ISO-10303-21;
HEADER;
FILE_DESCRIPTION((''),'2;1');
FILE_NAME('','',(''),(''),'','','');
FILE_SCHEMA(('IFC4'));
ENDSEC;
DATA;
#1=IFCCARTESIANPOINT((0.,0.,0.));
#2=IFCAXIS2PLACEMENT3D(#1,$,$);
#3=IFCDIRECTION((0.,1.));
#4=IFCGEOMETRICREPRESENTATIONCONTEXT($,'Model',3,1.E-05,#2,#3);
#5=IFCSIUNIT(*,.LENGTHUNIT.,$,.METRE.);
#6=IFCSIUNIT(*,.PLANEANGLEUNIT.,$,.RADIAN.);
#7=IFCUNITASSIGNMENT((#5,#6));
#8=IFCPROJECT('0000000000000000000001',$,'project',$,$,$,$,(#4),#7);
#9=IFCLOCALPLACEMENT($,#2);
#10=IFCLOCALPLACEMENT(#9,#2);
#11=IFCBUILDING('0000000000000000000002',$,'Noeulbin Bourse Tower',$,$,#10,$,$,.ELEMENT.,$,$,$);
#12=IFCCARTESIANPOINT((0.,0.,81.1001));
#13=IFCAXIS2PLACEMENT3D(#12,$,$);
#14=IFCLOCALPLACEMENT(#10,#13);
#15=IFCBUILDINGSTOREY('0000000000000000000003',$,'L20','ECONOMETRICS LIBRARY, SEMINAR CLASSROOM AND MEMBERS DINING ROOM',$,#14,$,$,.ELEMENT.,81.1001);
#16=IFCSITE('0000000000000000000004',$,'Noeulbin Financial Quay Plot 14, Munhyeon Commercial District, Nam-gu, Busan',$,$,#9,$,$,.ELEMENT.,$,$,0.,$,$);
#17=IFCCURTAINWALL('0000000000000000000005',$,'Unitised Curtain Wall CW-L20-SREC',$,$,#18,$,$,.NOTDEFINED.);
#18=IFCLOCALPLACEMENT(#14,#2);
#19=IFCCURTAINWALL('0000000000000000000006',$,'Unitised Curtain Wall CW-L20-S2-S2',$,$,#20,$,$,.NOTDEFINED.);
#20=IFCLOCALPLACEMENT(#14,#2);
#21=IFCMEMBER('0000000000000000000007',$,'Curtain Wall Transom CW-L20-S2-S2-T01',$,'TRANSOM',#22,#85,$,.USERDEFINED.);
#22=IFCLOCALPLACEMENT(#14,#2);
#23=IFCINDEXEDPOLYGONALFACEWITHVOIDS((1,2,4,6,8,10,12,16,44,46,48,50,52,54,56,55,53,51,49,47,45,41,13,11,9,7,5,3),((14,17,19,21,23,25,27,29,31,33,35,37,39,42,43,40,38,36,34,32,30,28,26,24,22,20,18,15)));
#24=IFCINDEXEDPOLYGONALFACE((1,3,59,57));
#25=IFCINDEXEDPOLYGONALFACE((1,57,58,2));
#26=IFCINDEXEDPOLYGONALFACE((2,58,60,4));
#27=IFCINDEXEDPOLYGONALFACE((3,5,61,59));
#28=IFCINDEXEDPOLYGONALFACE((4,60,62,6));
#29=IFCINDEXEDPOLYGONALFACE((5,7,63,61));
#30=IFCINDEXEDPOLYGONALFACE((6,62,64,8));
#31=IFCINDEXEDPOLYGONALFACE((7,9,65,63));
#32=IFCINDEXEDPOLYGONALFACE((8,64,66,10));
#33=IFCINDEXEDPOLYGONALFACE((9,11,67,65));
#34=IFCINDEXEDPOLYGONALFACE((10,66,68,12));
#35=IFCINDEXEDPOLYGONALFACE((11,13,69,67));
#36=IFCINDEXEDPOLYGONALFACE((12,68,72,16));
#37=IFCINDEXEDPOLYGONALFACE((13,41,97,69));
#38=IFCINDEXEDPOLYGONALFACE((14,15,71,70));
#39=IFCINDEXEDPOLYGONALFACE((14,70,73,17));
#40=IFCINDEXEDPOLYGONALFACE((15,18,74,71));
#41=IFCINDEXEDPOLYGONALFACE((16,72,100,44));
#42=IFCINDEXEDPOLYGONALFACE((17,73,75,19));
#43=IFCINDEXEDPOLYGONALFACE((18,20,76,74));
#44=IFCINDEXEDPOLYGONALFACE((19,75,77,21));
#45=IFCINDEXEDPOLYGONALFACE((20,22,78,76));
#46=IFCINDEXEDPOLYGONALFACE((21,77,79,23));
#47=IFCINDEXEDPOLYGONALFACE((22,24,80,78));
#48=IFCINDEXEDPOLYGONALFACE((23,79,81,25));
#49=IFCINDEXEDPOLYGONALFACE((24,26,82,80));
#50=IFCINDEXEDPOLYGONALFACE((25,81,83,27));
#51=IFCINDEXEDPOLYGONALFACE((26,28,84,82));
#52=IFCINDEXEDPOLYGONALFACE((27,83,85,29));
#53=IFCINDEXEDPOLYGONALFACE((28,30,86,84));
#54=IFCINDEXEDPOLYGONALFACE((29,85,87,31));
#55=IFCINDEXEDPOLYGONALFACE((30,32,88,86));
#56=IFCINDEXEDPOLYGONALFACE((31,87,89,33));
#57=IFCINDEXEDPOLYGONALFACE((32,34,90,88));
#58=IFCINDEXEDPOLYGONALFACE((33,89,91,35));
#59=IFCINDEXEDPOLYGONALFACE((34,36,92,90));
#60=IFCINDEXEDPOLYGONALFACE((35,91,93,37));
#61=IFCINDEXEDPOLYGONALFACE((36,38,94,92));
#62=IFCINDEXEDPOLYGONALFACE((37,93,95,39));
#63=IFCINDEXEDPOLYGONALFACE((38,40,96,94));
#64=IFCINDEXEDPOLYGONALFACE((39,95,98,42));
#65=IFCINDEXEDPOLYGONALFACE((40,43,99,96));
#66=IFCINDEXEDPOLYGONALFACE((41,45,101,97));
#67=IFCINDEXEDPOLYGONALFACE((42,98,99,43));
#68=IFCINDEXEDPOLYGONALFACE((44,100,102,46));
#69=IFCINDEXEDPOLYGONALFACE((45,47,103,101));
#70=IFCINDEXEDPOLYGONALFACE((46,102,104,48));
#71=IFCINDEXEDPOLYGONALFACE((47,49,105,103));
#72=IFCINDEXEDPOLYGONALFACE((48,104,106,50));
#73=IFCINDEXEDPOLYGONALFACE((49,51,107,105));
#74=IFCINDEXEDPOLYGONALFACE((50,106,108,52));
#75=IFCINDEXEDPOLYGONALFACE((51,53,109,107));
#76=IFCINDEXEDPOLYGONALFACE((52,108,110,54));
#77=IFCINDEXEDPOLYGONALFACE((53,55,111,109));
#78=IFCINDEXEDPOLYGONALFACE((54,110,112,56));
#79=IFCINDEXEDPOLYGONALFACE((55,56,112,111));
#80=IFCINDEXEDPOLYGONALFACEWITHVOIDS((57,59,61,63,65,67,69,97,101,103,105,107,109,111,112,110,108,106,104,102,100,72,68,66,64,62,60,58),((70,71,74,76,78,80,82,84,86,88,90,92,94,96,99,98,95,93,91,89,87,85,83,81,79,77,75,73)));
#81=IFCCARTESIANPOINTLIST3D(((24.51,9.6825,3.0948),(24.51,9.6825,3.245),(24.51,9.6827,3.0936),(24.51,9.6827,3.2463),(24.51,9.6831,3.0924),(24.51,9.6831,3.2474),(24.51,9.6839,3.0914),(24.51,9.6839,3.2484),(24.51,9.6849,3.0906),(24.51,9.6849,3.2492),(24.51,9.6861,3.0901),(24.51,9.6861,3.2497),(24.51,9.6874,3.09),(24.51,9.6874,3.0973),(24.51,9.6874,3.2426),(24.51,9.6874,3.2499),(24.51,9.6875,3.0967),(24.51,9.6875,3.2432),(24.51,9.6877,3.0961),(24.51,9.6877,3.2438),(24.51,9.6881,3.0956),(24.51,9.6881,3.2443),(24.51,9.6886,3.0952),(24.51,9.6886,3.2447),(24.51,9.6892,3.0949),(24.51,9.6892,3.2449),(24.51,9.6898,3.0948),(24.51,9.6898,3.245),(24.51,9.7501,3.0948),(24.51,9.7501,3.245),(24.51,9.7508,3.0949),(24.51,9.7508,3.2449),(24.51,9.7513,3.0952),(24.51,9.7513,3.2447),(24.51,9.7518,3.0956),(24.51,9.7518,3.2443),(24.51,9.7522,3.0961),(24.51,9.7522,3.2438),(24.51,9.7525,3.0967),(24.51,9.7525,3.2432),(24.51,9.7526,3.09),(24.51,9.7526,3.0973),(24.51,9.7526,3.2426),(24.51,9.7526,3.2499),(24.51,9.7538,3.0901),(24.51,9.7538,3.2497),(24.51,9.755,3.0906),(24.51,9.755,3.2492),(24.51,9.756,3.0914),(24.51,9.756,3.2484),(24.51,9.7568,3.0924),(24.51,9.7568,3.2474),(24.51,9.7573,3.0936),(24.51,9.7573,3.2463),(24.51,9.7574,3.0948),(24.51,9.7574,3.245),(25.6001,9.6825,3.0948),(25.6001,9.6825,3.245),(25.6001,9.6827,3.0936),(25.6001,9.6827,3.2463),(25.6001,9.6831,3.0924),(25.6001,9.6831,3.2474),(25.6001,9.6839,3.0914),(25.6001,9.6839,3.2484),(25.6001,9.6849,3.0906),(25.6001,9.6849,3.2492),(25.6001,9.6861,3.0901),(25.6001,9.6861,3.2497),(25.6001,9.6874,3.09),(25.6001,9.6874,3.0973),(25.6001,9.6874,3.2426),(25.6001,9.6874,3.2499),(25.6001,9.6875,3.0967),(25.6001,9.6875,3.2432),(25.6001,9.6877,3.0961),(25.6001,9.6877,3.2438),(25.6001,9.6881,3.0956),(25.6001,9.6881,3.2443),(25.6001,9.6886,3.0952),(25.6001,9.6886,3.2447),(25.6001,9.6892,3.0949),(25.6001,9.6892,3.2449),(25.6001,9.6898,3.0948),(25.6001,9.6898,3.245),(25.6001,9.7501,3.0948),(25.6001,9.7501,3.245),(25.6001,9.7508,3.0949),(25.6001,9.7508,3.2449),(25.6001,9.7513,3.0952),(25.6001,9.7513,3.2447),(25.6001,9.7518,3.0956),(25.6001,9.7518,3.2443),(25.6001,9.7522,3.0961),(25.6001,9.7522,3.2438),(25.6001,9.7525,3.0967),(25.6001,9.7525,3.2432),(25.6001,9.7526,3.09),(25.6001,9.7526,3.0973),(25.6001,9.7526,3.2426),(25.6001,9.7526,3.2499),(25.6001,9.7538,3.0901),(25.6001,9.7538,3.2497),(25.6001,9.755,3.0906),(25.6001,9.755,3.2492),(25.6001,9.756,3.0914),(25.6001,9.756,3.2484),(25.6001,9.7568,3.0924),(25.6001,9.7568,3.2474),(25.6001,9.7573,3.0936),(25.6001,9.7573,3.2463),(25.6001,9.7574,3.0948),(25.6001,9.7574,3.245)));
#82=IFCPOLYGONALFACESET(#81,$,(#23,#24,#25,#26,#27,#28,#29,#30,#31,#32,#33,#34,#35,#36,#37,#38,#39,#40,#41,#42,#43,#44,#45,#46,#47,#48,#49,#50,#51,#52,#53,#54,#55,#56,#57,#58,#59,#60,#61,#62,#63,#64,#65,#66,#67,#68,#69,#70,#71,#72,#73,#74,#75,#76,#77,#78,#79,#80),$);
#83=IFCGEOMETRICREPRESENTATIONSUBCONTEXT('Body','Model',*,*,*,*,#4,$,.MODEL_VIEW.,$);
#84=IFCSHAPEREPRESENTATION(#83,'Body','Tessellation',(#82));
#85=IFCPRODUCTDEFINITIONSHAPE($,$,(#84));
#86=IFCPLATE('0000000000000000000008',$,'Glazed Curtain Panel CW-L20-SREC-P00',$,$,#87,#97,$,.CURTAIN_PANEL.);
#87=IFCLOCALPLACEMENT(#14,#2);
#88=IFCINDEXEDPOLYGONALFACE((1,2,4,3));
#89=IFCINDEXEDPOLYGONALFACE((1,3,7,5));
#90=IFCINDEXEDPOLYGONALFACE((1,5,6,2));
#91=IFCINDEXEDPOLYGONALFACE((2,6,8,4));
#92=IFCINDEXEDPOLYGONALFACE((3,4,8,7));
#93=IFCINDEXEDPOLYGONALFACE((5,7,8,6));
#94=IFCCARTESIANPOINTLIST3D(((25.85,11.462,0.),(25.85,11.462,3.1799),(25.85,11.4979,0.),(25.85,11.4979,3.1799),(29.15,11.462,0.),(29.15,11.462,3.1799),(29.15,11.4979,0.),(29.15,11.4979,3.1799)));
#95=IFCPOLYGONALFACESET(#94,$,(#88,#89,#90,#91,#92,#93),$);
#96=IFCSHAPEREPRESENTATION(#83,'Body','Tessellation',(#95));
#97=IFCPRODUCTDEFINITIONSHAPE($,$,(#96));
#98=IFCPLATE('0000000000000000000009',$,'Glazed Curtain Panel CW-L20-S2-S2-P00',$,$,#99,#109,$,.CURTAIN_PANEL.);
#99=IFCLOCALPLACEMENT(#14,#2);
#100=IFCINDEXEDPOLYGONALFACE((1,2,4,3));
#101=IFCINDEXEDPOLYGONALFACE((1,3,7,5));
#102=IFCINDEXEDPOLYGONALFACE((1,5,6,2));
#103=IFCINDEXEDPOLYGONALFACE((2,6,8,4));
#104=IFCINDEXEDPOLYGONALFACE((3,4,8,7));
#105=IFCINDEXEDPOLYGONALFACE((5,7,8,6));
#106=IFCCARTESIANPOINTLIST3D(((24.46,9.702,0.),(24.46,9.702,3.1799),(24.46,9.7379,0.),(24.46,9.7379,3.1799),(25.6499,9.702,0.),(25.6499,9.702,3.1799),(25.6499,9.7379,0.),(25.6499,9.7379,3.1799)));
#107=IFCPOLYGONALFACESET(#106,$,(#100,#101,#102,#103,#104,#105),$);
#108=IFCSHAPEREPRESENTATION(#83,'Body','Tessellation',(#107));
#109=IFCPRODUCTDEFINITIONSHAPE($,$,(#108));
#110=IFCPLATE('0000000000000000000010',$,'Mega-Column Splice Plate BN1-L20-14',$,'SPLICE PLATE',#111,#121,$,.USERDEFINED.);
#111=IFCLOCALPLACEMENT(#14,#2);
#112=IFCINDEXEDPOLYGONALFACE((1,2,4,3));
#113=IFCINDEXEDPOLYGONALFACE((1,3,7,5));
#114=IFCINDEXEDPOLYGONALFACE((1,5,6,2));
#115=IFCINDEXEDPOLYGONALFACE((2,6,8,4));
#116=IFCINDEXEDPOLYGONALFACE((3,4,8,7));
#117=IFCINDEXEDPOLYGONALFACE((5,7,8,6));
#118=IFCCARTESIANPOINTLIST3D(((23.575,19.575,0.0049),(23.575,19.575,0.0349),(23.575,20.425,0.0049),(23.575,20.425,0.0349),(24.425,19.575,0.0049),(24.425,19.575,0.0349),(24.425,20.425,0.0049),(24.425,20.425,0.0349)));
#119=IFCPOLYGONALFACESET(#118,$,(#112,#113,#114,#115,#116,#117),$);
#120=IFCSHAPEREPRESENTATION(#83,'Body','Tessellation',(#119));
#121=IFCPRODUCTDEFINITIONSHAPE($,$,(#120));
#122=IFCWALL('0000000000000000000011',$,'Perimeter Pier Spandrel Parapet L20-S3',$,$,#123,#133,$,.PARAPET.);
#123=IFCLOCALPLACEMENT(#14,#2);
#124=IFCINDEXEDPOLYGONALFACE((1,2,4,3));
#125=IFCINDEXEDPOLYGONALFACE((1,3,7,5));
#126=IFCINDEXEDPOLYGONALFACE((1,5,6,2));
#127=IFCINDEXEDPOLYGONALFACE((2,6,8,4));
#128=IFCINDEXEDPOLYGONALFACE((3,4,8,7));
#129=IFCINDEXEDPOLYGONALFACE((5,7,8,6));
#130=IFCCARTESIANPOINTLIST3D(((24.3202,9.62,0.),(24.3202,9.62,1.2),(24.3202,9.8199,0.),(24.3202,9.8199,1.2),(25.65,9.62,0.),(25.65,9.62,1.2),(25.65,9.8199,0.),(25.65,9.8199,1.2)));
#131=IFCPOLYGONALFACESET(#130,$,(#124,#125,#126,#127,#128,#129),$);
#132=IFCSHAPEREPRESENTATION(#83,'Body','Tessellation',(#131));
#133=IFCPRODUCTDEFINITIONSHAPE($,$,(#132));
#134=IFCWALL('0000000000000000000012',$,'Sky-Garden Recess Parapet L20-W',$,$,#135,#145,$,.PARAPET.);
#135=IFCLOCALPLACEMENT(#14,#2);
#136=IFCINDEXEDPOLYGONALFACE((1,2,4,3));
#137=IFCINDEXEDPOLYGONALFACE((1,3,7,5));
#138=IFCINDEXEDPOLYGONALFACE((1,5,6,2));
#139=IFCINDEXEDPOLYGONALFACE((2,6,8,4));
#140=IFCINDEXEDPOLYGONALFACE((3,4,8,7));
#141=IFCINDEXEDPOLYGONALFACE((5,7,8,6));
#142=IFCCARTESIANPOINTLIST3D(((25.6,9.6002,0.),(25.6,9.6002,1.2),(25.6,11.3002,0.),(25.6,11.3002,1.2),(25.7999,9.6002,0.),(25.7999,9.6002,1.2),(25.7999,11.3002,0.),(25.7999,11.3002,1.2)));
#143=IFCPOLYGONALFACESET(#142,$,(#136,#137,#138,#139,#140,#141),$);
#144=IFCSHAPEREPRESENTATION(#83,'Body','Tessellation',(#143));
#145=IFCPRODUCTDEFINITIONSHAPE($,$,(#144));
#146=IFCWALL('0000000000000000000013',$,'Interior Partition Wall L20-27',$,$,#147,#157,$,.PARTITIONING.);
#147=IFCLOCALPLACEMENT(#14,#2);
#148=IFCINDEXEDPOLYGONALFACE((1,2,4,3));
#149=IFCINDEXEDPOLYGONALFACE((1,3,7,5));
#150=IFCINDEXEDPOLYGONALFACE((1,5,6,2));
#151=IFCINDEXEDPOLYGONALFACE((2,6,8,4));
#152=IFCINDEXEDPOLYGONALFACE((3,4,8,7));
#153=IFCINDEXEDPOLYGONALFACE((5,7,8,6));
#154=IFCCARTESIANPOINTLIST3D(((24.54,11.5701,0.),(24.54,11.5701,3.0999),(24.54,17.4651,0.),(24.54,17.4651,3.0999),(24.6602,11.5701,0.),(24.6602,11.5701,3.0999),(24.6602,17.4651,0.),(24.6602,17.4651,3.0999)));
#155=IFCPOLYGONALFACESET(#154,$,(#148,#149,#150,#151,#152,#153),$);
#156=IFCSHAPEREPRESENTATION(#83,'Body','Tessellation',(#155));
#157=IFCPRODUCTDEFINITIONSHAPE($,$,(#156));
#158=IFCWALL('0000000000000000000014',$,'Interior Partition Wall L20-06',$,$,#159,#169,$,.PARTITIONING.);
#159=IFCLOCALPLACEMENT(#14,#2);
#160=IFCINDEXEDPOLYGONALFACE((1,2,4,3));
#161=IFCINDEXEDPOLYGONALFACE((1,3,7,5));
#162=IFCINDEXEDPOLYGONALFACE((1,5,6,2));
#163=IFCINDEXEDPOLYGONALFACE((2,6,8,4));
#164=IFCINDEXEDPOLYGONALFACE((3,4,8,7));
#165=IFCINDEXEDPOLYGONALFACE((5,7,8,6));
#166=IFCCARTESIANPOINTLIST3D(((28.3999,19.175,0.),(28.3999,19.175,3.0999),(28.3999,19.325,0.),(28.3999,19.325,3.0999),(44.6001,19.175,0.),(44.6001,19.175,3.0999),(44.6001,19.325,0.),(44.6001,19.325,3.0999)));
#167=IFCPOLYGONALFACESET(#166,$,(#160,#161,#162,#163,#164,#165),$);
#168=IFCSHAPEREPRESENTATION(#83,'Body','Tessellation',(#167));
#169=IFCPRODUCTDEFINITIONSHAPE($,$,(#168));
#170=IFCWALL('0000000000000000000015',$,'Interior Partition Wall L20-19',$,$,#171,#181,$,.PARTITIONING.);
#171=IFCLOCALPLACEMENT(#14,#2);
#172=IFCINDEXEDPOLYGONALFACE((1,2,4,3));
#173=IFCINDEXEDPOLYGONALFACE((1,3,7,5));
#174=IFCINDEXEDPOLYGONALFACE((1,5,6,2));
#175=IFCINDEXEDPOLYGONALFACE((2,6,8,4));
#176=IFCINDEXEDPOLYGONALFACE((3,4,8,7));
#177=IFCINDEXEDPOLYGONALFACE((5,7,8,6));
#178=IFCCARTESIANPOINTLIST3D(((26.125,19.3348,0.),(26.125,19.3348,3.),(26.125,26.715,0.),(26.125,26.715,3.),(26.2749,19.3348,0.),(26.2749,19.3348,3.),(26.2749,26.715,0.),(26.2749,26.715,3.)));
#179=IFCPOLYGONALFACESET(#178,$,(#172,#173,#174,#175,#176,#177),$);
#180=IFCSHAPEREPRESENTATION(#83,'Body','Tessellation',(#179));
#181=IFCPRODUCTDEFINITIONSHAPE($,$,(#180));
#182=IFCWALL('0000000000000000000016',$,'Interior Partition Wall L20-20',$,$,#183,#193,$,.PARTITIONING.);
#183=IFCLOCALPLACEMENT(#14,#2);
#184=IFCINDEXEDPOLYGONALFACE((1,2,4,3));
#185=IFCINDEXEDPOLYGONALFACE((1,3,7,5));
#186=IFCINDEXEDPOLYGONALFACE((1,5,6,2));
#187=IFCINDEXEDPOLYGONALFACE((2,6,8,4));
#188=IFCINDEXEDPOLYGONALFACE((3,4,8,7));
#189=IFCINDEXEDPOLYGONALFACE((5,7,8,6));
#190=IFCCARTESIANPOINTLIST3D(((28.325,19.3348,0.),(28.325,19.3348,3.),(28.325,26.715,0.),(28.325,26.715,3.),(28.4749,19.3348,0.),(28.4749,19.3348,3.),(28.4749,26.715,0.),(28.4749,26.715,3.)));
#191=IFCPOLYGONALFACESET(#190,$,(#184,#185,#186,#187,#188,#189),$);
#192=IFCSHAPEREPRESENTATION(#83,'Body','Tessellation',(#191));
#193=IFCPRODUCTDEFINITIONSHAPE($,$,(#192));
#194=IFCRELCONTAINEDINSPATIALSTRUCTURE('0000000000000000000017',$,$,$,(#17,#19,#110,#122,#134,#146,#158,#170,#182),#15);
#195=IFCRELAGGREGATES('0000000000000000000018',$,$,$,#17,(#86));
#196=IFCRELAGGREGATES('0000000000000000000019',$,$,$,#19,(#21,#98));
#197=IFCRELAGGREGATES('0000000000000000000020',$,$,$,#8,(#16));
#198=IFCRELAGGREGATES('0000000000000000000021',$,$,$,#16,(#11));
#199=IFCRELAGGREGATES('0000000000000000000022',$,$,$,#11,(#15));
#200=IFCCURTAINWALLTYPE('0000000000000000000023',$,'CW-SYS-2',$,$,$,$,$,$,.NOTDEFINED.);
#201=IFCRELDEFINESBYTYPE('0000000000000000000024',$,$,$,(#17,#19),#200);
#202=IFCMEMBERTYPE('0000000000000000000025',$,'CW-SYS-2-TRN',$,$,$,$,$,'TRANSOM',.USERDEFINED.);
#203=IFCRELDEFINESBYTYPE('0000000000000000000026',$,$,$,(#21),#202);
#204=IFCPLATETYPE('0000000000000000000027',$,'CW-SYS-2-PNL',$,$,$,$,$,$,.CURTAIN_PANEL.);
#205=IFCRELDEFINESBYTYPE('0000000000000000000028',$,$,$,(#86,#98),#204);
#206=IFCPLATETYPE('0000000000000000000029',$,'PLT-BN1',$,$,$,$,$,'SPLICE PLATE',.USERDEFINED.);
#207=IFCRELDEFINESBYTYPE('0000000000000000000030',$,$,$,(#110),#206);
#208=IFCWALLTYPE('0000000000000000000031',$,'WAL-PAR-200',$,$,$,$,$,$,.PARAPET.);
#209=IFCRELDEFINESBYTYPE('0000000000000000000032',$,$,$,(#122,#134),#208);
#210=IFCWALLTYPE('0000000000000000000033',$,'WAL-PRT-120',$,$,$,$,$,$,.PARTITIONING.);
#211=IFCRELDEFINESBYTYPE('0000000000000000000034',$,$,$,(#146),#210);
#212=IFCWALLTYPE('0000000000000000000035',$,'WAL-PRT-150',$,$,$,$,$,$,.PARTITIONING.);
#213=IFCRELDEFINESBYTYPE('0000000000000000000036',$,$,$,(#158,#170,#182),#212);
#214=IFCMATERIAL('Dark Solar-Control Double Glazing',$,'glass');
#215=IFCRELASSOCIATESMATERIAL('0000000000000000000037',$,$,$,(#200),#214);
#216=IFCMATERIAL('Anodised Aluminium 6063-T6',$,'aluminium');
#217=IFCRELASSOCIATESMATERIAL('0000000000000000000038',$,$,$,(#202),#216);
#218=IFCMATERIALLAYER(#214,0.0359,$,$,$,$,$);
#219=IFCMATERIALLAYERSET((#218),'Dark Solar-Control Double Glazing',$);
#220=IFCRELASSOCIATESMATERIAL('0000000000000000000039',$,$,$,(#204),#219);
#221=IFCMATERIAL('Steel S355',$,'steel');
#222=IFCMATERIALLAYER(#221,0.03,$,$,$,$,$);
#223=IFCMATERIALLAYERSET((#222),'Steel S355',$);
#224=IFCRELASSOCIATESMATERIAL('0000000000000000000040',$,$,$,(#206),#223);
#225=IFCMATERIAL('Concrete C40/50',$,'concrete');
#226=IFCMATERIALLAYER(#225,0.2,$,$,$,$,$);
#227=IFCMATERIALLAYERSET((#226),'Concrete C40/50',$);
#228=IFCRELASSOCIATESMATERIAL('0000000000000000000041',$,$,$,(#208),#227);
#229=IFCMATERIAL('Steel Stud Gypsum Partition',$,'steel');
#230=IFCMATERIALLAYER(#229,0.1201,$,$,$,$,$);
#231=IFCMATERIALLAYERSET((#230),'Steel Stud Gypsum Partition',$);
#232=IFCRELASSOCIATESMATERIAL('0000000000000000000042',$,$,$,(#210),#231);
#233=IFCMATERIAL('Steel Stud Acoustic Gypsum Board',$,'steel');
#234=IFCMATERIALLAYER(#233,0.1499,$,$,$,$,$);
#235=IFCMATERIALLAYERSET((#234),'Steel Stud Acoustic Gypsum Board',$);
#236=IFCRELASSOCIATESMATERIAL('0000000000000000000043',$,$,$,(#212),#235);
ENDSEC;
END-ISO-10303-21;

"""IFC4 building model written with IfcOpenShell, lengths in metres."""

from ifc_helpers import new_model, si_unit, direction, frame, frame_2d, origin, origin_2d, place, context, subcontext, project, spatial, rectangle, hollow_rectangle, extrude, material, layer, layer_set, material_profile, profile_set, type_object, element, aggregate, save


model = new_model("IFC4")

# Units and contexts
model_context = context("Model", 3, precision=1e-05, world=origin(), true_north=direction((0.0, 1.0)))
body_context = subcontext(model_context, "Body", "Model", "MODEL_VIEW")
ifc_project = project(units=[si_unit("LENGTHUNIT", "METRE"), si_unit("PLANEANGLEUNIT", "RADIAN")], contexts=[model_context])

# Site, building, storey
site_placement = place(None, origin())
site = spatial("IfcSite", under=ifc_project, at=site_placement, Name="Noeulbin Financial Quay Plot 14, Munhyeon Commercial District, Nam-gu, Busan", CompositionType="ELEMENT", RefElevation=0.0)
building_placement = place(site_placement, origin())
building = spatial("IfcBuilding", under=site, at=building_placement, Name="Noeulbin Bourse Tower", CompositionType="ELEMENT")
storey_placement = place(building_placement, frame((0.0, 0.0, 81.1001)))
storey = spatial("IfcBuildingStorey", under=building, at=storey_placement, Name="L20", Description="ECONOMETRICS LIBRARY, SEMINAR CLASSROOM AND MEMBERS DINING ROOM", CompositionType="ELEMENT", Elevation=81.1001)

# Shared definitions
ifc_material_1 = material(Name="Steel S355", Category="steel")

# Curtain wall
ifc_material_2 = material(Name="Dark Solar-Control Double Glazing", Category="glass")
curtain_wall_type = type_object("IfcCurtainWallType", Name="CW-SYS-2", PredefinedType="NOTDEFINED", material=ifc_material_2)
curtain_wall_1_placement = place(storey_placement, origin())
curtain_wall_1 = element("IfcCurtainWall", 1, at=curtain_wall_1_placement, inside=storey, type_object=curtain_wall_type, Name="Unitised Curtain Wall CW-L20-SREC", PredefinedType="NOTDEFINED")
ifc_material_3 = material(Name="Anodised Aluminium 6063-T6", Category="aluminium")

# Curtain wall
curtain_wall_2_placement = place(storey_placement, origin())
curtain_wall_2 = element("IfcCurtainWall", 2, at=curtain_wall_2_placement, inside=storey, type_object=curtain_wall_type, Name="Unitised Curtain Wall CW-L20-S2-S2", PredefinedType="NOTDEFINED")

# Member
ifc_material_profile_1 = material_profile(ifc_material_3, hollow_rectangle(XDim=0.075, YDim=0.1599, WallThickness=0.0049, InnerFilletRadius=0.0024, OuterFilletRadius=0.0049, at=origin_2d()), Name="ALU-TRAN-75x160x5", Category="LoadBearing")
ifc_profile_set_1 = profile_set([ifc_material_profile_1], Name="Anodised Aluminium 6063-T6")
member_type_1 = type_object("IfcMemberType", Name="CW-SYS-2-TRN", ElementType="TRANSOM", PredefinedType="USERDEFINED", material=ifc_profile_set_1)
member_1_placement = place(storey_placement, frame((24.51, 9.72, 3.1699), z_axis=(1.0, 0.0, 0.0), x_axis=(0.0, 1.0, 0.0)))
member_1 = element("IfcMember", 3, at=member_1_placement, type_object=member_type_1, Name="Curtain Wall Transom CW-L20-S2-S2-T01", ObjectType="TRANSOM", PredefinedType="USERDEFINED", context=body_context, shape_type="SweptSolid", body=[
    extrude(hollow_rectangle(XDim=0.075, YDim=0.1599, WallThickness=0.0049, InnerFilletRadius=0.0024, OuterFilletRadius=0.0049, at=origin_2d()), origin(), (0.0, 0.0, 1.0), 1.0901),
])

# Plates
ifc_layer_1 = layer(ifc_material_2, 0.0359)
ifc_layer_set_1 = layer_set([ifc_layer_1], Name="Dark Solar-Control Double Glazing")
plate_type_1 = type_object("IfcPlateType", Name="CW-SYS-2-PNL", PredefinedType="CURTAIN_PANEL", material=ifc_layer_set_1)
plate_1_placement = place(storey_placement, frame((27.5, 11.48, 0.0), z_axis=(0.0, 0.0, 1.0), x_axis=(1.0, 0.0, 0.0)))
plate_1 = element("IfcPlate", 4, at=plate_1_placement, type_object=plate_type_1, Name="Glazed Curtain Panel CW-L20-SREC-P00", PredefinedType="CURTAIN_PANEL", context=body_context, shape_type="SweptSolid", body=[
    extrude(rectangle(XDim=3.3, YDim=0.0359, at=origin_2d()), origin(), (0.0, 0.0, 1.0), 3.1799),
])
aggregate(curtain_wall_1, [plate_1])
plate_2_placement = place(storey_placement, frame((25.0549, 9.72, 0.0), z_axis=(0.0, 0.0, 1.0), x_axis=(1.0, 0.0, 0.0)))
plate_2 = element("IfcPlate", 5, at=plate_2_placement, type_object=plate_type_1, Name="Glazed Curtain Panel CW-L20-S2-S2-P00", PredefinedType="CURTAIN_PANEL", context=body_context, shape_type="SweptSolid", body=[
    extrude(rectangle(XDim=1.1899, YDim=0.0359, at=origin_2d()), origin(), (0.0, 0.0, 1.0), 3.1799),
])
aggregate(curtain_wall_2, [member_1, plate_2])
ifc_layer_2 = layer(ifc_material_1, 0.03)
ifc_layer_set_2 = layer_set([ifc_layer_2], Name="Steel S355")
plate_type_2 = type_object("IfcPlateType", Name="PLT-BN1", ElementType="SPLICE PLATE", PredefinedType="USERDEFINED", material=ifc_layer_set_2)
plate_3_placement = place(storey_placement, frame((24.0, 20.0, 0.0049), z_axis=(0.0, 0.0, 1.0), x_axis=(1.0, 0.0, 0.0)))
element("IfcPlate", 6, at=plate_3_placement, inside=storey, type_object=plate_type_2, Name="Mega-Column Splice Plate BN1-L20-14", ObjectType="SPLICE PLATE", PredefinedType="USERDEFINED", context=body_context, shape_type="SweptSolid", body=[
    extrude(rectangle(XDim=0.8501, YDim=0.8501, at=origin_2d()), origin(), (0.0, 0.0, 1.0), 0.03),
])

# Walls
ifc_material_4 = material(Name="Concrete C40/50", Category="concrete")
ifc_layer_3 = layer(ifc_material_4, 0.2)
ifc_layer_set_3 = layer_set([ifc_layer_3], Name="Concrete C40/50")
wall_type_1 = type_object("IfcWallType", Name="WAL-PAR-200", PredefinedType="PARAPET", material=ifc_layer_set_3)
wall_1_placement = place(storey_placement, frame((24.3201, 9.72, 0.0), z_axis=(0.0, 0.0, 1.0), x_axis=(1.0, 0.0, 0.0)))
element("IfcWall", 7, at=wall_1_placement, inside=storey, type_object=wall_type_1, Name="Perimeter Pier Spandrel Parapet L20-S3", PredefinedType="PARAPET", context=body_context, shape_type="SweptSolid", body=[
    extrude(rectangle(XDim=1.3298, YDim=0.2, at=frame_2d((0.665, 0.0))), origin(), (0.0, 0.0, 1.0), 1.2),
])
wall_2_placement = place(storey_placement, frame((25.7, 9.6001, 0.0), z_axis=(0.0, 0.0, 1.0), x_axis=(0.0, 1.0, 0.0)))
element("IfcWall", 8, at=wall_2_placement, inside=storey, type_object=wall_type_1, Name="Sky-Garden Recess Parapet L20-W", PredefinedType="PARAPET", context=body_context, shape_type="SweptSolid", body=[
    extrude(rectangle(XDim=1.7, YDim=0.2, at=frame_2d((0.8501, 0.0))), origin(), (0.0, 0.0, 1.0), 1.2),
])
ifc_material_5 = material(Name="Steel Stud Gypsum Partition", Category="steel")
ifc_layer_4 = layer(ifc_material_5, 0.1201)
ifc_layer_set_4 = layer_set([ifc_layer_4], Name="Steel Stud Gypsum Partition")
wall_type_2 = type_object("IfcWallType", Name="WAL-PRT-120", PredefinedType="PARTITIONING", material=ifc_layer_set_4)
wall_3_placement = place(storey_placement, frame((24.6001, 11.5701, 0.0), z_axis=(0.0, 0.0, 1.0), x_axis=(0.0, 1.0, 0.0)))
element("IfcWall", 9, at=wall_3_placement, inside=storey, type_object=wall_type_2, Name="Interior Partition Wall L20-27", PredefinedType="PARTITIONING", context=body_context, shape_type="SweptSolid", body=[
    extrude(rectangle(XDim=5.895, YDim=0.1201, at=frame_2d((2.9475, 0.0))), origin(), (0.0, 0.0, 1.0), 3.0999),
])
ifc_material_6 = material(Name="Steel Stud Acoustic Gypsum Board", Category="steel")
ifc_layer_5 = layer(ifc_material_6, 0.1499)
ifc_layer_set_5 = layer_set([ifc_layer_5], Name="Steel Stud Acoustic Gypsum Board")
wall_type_3 = type_object("IfcWallType", Name="WAL-PRT-150", PredefinedType="PARTITIONING", material=ifc_layer_set_5)
wall_4_placement = place(storey_placement, frame((28.3999, 19.25, 0.0), z_axis=(0.0, 0.0, 1.0), x_axis=(1.0, 0.0, 0.0)))
element("IfcWall", 10, at=wall_4_placement, inside=storey, type_object=wall_type_3, Name="Interior Partition Wall L20-06", PredefinedType="PARTITIONING", context=body_context, shape_type="SweptSolid", body=[
    extrude(rectangle(XDim=16.2002, YDim=0.1499, at=frame_2d((8.1001, 0.0))), origin(), (0.0, 0.0, 1.0), 3.0999),
])
for number, where, z_axis, x_axis, name in (
    (11, (26.2, 19.335, 0.0), (0.0, 0.0, 1.0), (0.0, 1.0, 0.0), "Interior Partition Wall L20-19"),
    (12, (28.3999, 19.335, 0.0), (0.0, 0.0, 1.0), (0.0, 1.0, 0.0), "Interior Partition Wall L20-20"),
):
    element("IfcWall", number, at=place(storey_placement, frame(where, z_axis=z_axis, x_axis=x_axis)), inside=storey, type_object=wall_type_3, Name=name, PredefinedType="PARTITIONING", context=body_context, shape_type="SweptSolid", body=[
        extrude(rectangle(XDim=7.3801, YDim=0.1499, at=frame_2d((3.6899, 0.0))), origin(), (0.0, 0.0, 1.0), 3.0),
    ])

save(model, "model.ifc")
